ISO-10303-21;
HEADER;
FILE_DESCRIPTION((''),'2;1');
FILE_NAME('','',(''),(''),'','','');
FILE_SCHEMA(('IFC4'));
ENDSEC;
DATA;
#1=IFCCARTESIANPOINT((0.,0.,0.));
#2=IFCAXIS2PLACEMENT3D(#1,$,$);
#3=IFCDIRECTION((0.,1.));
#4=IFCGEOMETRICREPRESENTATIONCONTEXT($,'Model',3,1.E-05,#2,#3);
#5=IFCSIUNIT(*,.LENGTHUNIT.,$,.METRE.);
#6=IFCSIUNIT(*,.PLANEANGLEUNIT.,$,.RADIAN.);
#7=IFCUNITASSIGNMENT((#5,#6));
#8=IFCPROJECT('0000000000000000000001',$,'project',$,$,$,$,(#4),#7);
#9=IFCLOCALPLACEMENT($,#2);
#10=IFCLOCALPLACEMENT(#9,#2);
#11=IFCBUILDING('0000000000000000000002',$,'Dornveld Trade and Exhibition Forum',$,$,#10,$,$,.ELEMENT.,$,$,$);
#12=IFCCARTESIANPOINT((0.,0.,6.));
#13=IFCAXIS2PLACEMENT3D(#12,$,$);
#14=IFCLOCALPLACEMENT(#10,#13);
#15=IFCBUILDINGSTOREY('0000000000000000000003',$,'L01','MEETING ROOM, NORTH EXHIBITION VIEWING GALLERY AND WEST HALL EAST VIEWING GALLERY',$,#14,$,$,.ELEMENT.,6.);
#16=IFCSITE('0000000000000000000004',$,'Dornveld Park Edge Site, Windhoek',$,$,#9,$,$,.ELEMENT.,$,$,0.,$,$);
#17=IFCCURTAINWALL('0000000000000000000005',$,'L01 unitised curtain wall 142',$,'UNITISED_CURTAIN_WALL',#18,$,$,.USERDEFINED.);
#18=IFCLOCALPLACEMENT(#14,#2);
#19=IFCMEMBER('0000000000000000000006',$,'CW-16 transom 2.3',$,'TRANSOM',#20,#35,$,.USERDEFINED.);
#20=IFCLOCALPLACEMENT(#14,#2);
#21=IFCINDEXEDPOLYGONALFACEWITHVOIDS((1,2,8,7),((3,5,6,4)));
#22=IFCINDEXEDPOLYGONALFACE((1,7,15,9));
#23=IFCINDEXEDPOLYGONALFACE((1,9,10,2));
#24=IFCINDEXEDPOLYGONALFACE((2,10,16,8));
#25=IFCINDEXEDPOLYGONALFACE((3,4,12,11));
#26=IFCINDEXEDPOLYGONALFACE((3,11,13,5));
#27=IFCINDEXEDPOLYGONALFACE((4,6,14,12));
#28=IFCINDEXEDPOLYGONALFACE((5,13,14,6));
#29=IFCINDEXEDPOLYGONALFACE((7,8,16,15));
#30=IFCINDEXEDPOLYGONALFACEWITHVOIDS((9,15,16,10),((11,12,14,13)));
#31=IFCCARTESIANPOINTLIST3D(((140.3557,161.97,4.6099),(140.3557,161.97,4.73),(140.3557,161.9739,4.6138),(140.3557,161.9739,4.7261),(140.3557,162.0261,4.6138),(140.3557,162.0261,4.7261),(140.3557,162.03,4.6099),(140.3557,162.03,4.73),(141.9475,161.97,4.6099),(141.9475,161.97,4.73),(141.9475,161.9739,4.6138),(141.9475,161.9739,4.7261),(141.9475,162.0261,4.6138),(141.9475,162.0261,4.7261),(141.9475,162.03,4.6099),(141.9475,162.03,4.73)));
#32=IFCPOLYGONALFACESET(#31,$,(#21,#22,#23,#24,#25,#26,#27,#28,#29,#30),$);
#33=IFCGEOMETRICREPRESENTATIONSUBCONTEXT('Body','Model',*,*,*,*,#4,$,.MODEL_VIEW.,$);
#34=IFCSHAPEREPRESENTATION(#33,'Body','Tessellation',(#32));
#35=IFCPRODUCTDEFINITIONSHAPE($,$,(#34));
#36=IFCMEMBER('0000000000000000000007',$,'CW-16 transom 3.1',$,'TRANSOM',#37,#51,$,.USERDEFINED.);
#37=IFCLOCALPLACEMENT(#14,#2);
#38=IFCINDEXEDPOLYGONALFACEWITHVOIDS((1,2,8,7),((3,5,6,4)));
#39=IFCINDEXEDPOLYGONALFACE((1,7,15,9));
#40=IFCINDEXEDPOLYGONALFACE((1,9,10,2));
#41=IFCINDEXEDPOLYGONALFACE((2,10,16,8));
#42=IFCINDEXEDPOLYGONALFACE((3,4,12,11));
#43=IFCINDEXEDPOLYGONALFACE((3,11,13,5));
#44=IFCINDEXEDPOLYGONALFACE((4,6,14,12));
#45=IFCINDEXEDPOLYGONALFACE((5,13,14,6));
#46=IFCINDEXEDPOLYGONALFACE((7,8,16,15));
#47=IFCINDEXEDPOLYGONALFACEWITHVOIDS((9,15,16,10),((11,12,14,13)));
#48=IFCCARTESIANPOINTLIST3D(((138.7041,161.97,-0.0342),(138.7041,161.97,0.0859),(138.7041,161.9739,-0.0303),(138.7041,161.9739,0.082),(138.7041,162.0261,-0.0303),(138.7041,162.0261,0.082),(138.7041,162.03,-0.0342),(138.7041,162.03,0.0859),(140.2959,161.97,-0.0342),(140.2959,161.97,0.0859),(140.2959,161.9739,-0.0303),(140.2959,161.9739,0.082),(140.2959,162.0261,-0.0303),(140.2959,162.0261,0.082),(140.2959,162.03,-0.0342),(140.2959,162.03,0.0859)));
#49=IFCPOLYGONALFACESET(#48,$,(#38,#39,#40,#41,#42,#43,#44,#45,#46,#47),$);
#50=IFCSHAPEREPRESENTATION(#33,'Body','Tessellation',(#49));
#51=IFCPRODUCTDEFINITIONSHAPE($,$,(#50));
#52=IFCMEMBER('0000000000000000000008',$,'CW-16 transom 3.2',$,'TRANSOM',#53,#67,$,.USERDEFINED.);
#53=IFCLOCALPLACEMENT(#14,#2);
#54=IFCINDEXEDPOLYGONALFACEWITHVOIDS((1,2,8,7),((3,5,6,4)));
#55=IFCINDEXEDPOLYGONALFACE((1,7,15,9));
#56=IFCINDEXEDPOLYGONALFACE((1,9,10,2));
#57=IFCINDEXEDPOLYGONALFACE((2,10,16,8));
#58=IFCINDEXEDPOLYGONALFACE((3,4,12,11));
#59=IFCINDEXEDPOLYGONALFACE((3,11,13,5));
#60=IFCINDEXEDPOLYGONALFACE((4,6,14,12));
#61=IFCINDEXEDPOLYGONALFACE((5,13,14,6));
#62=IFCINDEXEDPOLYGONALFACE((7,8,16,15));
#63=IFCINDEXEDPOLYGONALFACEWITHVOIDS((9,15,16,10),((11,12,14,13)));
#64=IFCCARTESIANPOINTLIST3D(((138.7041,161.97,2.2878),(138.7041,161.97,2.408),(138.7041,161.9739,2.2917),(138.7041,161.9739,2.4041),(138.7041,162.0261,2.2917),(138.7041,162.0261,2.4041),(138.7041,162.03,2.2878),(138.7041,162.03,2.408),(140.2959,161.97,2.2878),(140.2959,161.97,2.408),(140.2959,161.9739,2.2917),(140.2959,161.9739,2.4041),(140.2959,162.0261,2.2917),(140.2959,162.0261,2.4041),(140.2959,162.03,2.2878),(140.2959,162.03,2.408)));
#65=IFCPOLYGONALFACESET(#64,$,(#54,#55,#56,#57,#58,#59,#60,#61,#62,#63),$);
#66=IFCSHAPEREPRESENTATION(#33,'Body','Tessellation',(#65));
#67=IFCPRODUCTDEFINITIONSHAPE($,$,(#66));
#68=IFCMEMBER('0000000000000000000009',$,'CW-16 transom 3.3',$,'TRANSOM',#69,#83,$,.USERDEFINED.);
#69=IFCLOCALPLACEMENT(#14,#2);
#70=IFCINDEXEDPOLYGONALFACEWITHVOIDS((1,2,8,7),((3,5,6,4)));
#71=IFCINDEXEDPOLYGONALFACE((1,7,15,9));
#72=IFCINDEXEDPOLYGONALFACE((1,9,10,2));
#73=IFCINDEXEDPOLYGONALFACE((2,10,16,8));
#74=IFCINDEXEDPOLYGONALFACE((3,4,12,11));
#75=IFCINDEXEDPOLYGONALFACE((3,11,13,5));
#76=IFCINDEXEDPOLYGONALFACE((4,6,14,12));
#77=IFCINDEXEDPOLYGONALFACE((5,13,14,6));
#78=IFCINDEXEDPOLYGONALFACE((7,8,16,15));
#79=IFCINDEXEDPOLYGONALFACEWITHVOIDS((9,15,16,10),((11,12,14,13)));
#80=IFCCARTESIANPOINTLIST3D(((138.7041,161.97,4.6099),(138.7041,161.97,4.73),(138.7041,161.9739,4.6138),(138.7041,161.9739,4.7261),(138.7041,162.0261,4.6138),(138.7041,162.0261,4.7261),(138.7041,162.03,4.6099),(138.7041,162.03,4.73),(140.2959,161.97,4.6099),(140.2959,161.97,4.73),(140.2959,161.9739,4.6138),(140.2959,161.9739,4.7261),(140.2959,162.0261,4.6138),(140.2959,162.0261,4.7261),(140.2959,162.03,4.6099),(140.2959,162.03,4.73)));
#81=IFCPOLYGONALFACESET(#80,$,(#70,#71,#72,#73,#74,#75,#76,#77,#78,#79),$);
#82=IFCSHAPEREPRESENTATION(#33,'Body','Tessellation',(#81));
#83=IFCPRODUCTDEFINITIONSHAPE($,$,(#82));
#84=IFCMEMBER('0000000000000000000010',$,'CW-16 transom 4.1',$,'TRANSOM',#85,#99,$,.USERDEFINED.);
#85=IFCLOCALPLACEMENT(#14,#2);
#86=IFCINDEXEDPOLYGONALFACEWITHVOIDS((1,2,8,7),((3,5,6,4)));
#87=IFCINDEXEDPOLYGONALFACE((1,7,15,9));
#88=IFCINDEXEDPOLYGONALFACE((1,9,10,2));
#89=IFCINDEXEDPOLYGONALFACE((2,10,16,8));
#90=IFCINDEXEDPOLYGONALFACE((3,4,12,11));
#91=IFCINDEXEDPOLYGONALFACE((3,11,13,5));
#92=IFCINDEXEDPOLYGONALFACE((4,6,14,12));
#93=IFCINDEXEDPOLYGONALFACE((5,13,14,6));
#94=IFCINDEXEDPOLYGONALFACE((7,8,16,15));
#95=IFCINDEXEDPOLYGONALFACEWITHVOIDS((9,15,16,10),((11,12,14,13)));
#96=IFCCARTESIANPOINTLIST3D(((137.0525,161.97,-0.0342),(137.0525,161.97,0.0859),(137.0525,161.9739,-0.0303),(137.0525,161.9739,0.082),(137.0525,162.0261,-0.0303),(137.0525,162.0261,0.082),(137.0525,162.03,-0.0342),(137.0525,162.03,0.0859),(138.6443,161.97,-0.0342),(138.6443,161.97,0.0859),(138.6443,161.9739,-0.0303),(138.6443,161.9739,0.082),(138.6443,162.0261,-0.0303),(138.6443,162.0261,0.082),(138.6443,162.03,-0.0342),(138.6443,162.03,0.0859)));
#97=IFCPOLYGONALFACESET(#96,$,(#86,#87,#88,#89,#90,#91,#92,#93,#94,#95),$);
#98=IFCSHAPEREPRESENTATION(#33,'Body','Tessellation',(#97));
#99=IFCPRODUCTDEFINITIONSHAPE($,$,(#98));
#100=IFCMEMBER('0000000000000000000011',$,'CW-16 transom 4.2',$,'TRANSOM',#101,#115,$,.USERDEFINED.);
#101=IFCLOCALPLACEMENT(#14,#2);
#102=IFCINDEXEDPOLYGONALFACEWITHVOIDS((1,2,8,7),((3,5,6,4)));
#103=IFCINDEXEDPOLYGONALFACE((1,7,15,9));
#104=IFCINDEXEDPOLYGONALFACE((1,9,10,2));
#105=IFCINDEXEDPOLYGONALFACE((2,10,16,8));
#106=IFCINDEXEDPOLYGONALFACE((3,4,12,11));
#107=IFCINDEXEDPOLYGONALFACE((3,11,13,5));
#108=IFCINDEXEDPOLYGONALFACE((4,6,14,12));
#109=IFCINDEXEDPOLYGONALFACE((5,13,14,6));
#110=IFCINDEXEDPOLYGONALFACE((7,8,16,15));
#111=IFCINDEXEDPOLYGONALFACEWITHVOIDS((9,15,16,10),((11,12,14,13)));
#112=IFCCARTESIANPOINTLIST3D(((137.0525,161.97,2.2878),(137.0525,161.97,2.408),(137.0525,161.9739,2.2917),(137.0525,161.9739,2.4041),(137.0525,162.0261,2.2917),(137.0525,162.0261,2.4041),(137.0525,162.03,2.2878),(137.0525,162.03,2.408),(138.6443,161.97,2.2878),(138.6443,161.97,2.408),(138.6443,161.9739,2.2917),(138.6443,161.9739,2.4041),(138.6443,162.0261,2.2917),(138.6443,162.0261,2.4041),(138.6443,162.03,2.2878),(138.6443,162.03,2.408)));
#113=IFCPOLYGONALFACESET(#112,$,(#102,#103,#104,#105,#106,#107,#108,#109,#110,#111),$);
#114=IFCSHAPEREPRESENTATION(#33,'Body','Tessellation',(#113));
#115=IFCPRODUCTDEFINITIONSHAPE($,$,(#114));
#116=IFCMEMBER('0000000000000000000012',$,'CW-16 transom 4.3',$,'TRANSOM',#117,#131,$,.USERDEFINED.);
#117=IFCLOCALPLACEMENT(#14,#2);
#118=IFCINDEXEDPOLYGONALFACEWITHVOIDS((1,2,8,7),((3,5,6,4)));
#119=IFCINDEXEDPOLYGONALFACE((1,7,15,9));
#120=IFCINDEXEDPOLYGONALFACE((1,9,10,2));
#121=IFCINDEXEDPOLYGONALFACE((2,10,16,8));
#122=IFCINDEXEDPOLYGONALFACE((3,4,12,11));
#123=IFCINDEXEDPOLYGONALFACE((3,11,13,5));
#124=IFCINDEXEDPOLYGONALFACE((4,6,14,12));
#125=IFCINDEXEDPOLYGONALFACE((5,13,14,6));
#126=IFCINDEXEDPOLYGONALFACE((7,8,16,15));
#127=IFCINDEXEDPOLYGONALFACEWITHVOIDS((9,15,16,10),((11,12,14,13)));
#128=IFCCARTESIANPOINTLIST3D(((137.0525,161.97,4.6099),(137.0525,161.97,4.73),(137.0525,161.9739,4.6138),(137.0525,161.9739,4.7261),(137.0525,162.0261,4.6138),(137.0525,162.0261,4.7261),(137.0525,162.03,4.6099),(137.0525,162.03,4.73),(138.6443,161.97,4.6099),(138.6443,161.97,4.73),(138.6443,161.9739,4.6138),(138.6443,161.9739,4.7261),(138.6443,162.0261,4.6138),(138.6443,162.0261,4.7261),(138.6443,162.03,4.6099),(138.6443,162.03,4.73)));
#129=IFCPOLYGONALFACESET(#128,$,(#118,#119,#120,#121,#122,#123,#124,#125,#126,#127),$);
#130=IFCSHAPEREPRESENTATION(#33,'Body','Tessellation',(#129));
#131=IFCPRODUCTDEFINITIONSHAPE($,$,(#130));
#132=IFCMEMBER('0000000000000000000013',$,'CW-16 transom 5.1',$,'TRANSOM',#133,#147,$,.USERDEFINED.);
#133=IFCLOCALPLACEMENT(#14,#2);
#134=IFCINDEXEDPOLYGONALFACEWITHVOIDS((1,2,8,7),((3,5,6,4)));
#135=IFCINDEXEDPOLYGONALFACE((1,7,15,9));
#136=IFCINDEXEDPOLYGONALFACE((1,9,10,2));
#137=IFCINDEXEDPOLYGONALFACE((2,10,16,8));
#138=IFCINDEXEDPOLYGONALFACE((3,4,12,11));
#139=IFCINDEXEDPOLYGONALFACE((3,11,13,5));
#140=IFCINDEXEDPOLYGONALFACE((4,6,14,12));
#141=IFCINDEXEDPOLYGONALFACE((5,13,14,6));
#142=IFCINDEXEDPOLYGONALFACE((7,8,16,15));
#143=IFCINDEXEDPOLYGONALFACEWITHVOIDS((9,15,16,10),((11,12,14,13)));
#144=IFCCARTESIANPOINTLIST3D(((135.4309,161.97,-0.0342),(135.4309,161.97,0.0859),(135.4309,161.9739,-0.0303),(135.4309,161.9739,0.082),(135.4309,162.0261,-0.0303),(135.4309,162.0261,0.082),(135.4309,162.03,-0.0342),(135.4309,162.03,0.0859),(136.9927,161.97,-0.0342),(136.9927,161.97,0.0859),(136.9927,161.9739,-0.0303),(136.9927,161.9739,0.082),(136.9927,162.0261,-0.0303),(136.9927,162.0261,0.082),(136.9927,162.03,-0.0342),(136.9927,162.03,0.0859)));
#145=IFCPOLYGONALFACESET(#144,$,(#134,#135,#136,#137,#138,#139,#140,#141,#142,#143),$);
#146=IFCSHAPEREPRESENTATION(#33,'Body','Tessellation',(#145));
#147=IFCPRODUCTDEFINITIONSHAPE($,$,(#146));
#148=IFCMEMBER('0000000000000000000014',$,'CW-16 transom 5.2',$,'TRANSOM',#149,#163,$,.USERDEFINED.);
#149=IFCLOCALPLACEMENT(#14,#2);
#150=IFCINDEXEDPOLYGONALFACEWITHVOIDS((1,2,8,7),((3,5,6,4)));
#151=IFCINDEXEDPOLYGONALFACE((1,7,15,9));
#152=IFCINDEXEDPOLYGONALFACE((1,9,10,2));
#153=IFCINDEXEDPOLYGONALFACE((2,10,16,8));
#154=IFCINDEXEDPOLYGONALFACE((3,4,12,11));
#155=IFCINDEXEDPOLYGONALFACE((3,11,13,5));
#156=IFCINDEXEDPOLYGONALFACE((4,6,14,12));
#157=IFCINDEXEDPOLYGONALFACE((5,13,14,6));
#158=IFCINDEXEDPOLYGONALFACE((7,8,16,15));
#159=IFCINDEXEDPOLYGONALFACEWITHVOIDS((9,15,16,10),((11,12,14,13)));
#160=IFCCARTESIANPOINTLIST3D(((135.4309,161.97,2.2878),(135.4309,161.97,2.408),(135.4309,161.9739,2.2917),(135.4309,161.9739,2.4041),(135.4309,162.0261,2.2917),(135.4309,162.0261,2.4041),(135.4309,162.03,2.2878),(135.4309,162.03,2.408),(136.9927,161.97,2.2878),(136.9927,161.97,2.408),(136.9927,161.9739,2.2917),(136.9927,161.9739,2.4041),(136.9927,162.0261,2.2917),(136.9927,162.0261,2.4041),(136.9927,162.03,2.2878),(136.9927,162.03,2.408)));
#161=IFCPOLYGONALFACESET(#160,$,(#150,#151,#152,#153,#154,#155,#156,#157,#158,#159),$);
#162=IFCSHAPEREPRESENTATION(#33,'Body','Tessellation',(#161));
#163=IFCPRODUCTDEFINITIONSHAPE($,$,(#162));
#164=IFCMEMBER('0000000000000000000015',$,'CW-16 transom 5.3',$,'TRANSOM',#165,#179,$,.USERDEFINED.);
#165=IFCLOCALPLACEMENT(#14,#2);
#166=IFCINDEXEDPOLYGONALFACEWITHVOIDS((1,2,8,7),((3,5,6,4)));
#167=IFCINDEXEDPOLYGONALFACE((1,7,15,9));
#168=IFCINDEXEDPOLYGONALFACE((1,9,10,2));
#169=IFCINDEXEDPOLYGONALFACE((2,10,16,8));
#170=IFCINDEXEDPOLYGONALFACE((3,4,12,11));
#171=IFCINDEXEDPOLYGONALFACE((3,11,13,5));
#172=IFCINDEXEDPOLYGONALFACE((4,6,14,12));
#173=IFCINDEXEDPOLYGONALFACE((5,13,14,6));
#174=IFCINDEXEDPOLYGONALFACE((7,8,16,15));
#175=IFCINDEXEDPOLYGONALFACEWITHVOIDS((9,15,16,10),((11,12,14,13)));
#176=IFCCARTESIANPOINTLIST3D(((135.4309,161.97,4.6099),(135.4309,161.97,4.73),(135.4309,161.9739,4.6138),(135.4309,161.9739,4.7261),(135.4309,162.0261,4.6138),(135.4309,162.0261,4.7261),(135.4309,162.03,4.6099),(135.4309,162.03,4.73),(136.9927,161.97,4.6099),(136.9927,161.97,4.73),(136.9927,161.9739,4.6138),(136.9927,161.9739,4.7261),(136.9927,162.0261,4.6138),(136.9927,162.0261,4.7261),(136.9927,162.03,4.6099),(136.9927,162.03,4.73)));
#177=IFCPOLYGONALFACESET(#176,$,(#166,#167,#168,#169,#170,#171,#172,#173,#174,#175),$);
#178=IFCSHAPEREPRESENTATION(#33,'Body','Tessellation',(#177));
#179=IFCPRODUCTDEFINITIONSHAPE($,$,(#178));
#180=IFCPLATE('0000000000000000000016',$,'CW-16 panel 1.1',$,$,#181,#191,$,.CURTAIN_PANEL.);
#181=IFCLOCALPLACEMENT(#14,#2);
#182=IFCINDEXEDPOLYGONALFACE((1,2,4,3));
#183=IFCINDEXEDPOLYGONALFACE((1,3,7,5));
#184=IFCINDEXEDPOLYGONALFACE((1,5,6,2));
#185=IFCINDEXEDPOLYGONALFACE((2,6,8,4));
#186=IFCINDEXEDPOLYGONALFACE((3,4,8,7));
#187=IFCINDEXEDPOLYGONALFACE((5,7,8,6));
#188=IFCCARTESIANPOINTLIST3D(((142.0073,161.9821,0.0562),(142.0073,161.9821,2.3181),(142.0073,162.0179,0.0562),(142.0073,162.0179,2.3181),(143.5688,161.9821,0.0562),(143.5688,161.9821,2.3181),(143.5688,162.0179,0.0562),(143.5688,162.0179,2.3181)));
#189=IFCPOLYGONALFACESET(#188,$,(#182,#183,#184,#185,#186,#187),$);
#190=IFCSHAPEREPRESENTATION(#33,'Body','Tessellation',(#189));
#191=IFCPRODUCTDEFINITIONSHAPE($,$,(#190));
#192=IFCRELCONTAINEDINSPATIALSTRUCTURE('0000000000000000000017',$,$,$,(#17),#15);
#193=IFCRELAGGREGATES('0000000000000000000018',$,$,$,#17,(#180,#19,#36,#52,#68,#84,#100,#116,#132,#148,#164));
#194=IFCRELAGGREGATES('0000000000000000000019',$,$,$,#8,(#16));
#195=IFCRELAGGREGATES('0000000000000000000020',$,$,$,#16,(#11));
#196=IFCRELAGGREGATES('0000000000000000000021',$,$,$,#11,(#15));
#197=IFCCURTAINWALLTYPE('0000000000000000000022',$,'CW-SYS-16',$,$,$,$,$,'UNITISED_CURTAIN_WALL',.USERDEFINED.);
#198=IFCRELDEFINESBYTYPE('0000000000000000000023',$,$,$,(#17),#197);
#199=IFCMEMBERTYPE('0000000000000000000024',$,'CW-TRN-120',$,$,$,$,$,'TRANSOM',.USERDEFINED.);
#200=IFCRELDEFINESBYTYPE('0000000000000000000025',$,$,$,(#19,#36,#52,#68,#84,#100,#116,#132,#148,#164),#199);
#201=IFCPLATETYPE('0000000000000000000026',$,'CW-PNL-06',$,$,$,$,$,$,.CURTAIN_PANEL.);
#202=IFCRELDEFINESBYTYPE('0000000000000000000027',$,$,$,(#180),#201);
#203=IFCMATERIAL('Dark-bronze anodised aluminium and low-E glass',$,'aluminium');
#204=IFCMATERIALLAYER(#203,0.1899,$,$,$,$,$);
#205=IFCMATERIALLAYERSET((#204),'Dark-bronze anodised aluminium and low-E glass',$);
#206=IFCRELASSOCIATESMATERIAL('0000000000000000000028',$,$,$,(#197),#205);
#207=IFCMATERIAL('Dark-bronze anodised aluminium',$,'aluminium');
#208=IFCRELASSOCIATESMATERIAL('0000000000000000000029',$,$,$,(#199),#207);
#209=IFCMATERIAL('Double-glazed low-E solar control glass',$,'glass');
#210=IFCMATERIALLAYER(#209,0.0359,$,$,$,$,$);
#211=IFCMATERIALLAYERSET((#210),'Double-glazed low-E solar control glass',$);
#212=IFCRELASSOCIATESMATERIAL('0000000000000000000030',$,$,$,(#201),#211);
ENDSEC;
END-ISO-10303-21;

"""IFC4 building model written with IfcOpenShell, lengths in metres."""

from ifc_helpers import new_model, si_unit, direction, frame, origin, origin_2d, place, context, subcontext, project, spatial, rectangle, hollow_rectangle, extrude, material, layer, layer_set, material_profile, profile_set, type_object, element, aggregate, save


model = new_model("IFC4")

# Units and contexts
model_context = context("Model", 3, precision=1e-05, world=origin(), true_north=direction((0.0, 1.0)))
body_context = subcontext(model_context, "Body", "Model", "MODEL_VIEW")
ifc_project = project(units=[si_unit("LENGTHUNIT", "METRE"), si_unit("PLANEANGLEUNIT", "RADIAN")], contexts=[model_context])

# Site, building, storey
site_placement = place(None, origin())
site = spatial("IfcSite", under=ifc_project, at=site_placement, Name="Dornveld Park Edge Site, Windhoek", CompositionType="ELEMENT", RefElevation=0.0)
building_placement = place(site_placement, origin())
building = spatial("IfcBuilding", under=site, at=building_placement, Name="Dornveld Trade and Exhibition Forum", CompositionType="ELEMENT")
storey_placement = place(building_placement, frame((0.0, 0.0, 6.0)))
storey = spatial("IfcBuildingStorey", under=building, at=storey_placement, Name="L01", Description="MEETING ROOM, NORTH EXHIBITION VIEWING GALLERY AND WEST HALL EAST VIEWING GALLERY", CompositionType="ELEMENT", Elevation=6.0)

# Curtain wall, members, plate
ifc_material_1 = material(Name="Dark-bronze anodised aluminium and low-E glass", Category="aluminium")
ifc_layer_1 = layer(ifc_material_1, 0.1899)
ifc_layer_set_1 = layer_set([ifc_layer_1], Name="Dark-bronze anodised aluminium and low-E glass")
curtain_wall_type = type_object("IfcCurtainWallType", Name="CW-SYS-16", ElementType="UNITISED_CURTAIN_WALL", PredefinedType="USERDEFINED", material=ifc_layer_set_1)
curtain_wall_placement = place(storey_placement, origin())
curtain_wall = element("IfcCurtainWall", 1, at=curtain_wall_placement, inside=storey, type_object=curtain_wall_type, Name="L01 unitised curtain wall 142", ObjectType="UNITISED_CURTAIN_WALL", PredefinedType="USERDEFINED")
ifc_material_2 = material(Name="Dark-bronze anodised aluminium", Category="aluminium")
ifc_material_profile_1 = material_profile(ifc_material_2, hollow_rectangle(XDim=0.0601, YDim=0.1201, WallThickness=0.0039, at=origin_2d()), Name="RHS 120x60x4")
ifc_profile_set_1 = profile_set([ifc_material_profile_1], Name="Dark-bronze anodised aluminium")
member_type_1 = type_object("IfcMemberType", Name="CW-TRN-120", ElementType="TRANSOM", PredefinedType="USERDEFINED", material=ifc_profile_set_1)
member_1_placement = place(storey_placement, frame((141.9475, 162.0, 4.6699), z_axis=(-1.0, 0.0, 0.0), x_axis=(0.0, -1.0, 0.0)))
member_1 = element("IfcMember", 2, at=member_1_placement, type_object=member_type_1, Name="CW-16 transom 2.3", ObjectType="TRANSOM", PredefinedType="USERDEFINED", context=body_context, shape_type="SweptSolid", body=[
    extrude(hollow_rectangle(XDim=0.0601, YDim=0.1201, WallThickness=0.0039, at=origin_2d()), origin(), (0.0, 0.0, 1.0), 1.5918),
])
member_2_placement = place(storey_placement, frame((140.2959, 162.0, 0.0259), z_axis=(-1.0, 0.0, 0.0), x_axis=(0.0, -1.0, 0.0)))
member_2 = element("IfcMember", 3, at=member_2_placement, type_object=member_type_1, Name="CW-16 transom 3.1", ObjectType="TRANSOM", PredefinedType="USERDEFINED", context=body_context, shape_type="SweptSolid", body=[
    extrude(hollow_rectangle(XDim=0.0601, YDim=0.1201, WallThickness=0.0039, at=origin_2d()), origin(), (0.0, 0.0, 1.0), 1.5918),
])
member_3_placement = place(storey_placement, frame((140.2959, 162.0, 2.3479), z_axis=(-1.0, 0.0, 0.0), x_axis=(0.0, -1.0, 0.0)))
member_3 = element("IfcMember", 4, at=member_3_placement, type_object=member_type_1, Name="CW-16 transom 3.2", ObjectType="TRANSOM", PredefinedType="USERDEFINED", context=body_context, shape_type="SweptSolid", body=[
    extrude(hollow_rectangle(XDim=0.0601, YDim=0.1201, WallThickness=0.0039, at=origin_2d()), origin(), (0.0, 0.0, 1.0), 1.5918),
])
member_4_placement = place(storey_placement, frame((140.2959, 162.0, 4.6699), z_axis=(-1.0, 0.0, 0.0), x_axis=(0.0, -1.0, 0.0)))
member_4 = element("IfcMember", 5, at=member_4_placement, type_object=member_type_1, Name="CW-16 transom 3.3", ObjectType="TRANSOM", PredefinedType="USERDEFINED", context=body_context, shape_type="SweptSolid", body=[
    extrude(hollow_rectangle(XDim=0.0601, YDim=0.1201, WallThickness=0.0039, at=origin_2d()), origin(), (0.0, 0.0, 1.0), 1.5918),
])
member_5_placement = place(storey_placement, frame((138.6443, 162.0, 0.0259), z_axis=(-1.0, 0.0, 0.0), x_axis=(0.0, -1.0, 0.0)))
member_5 = element("IfcMember", 6, at=member_5_placement, type_object=member_type_1, Name="CW-16 transom 4.1", ObjectType="TRANSOM", PredefinedType="USERDEFINED", context=body_context, shape_type="SweptSolid", body=[
    extrude(hollow_rectangle(XDim=0.0601, YDim=0.1201, WallThickness=0.0039, at=origin_2d()), origin(), (0.0, 0.0, 1.0), 1.5918),
])
member_6_placement = place(storey_placement, frame((138.6443, 162.0, 2.3479), z_axis=(-1.0, 0.0, 0.0), x_axis=(0.0, -1.0, 0.0)))
member_6 = element("IfcMember", 7, at=member_6_placement, type_object=member_type_1, Name="CW-16 transom 4.2", ObjectType="TRANSOM", PredefinedType="USERDEFINED", context=body_context, shape_type="SweptSolid", body=[
    extrude(hollow_rectangle(XDim=0.0601, YDim=0.1201, WallThickness=0.0039, at=origin_2d()), origin(), (0.0, 0.0, 1.0), 1.5918),
])
member_7_placement = place(storey_placement, frame((138.6443, 162.0, 4.6699), z_axis=(-1.0, 0.0, 0.0), x_axis=(0.0, -1.0, 0.0)))
member_7 = element("IfcMember", 8, at=member_7_placement, type_object=member_type_1, Name="CW-16 transom 4.3", ObjectType="TRANSOM", PredefinedType="USERDEFINED", context=body_context, shape_type="SweptSolid", body=[
    extrude(hollow_rectangle(XDim=0.0601, YDim=0.1201, WallThickness=0.0039, at=origin_2d()), origin(), (0.0, 0.0, 1.0), 1.5918),
])
member_8_placement = place(storey_placement, frame((136.9927, 162.0, 0.0259), z_axis=(-1.0, 0.0, 0.0), x_axis=(0.0, -1.0, 0.0)))
member_8 = element("IfcMember", 9, at=member_8_placement, type_object=member_type_1, Name="CW-16 transom 5.1", ObjectType="TRANSOM", PredefinedType="USERDEFINED", context=body_context, shape_type="SweptSolid", body=[
    extrude(hollow_rectangle(XDim=0.0601, YDim=0.1201, WallThickness=0.0039, at=origin_2d()), origin(), (0.0, 0.0, 1.0), 1.5618),
])
member_9_placement = place(storey_placement, frame((136.9927, 162.0, 2.3479), z_axis=(-1.0, 0.0, 0.0), x_axis=(0.0, -1.0, 0.0)))
member_9 = element("IfcMember", 10, at=member_9_placement, type_object=member_type_1, Name="CW-16 transom 5.2", ObjectType="TRANSOM", PredefinedType="USERDEFINED", context=body_context, shape_type="SweptSolid", body=[
    extrude(hollow_rectangle(XDim=0.0601, YDim=0.1201, WallThickness=0.0039, at=origin_2d()), origin(), (0.0, 0.0, 1.0), 1.5618),
])
member_10_placement = place(storey_placement, frame((136.9927, 162.0, 4.6699), z_axis=(-1.0, 0.0, 0.0), x_axis=(0.0, -1.0, 0.0)))
member_10 = element("IfcMember", 11, at=member_10_placement, type_object=member_type_1, Name="CW-16 transom 5.3", ObjectType="TRANSOM", PredefinedType="USERDEFINED", context=body_context, shape_type="SweptSolid", body=[
    extrude(hollow_rectangle(XDim=0.0601, YDim=0.1201, WallThickness=0.0039, at=origin_2d()), origin(), (0.0, 0.0, 1.0), 1.5618),
])
ifc_material_3 = material(Name="Double-glazed low-E solar control glass", Category="glass")
ifc_layer_2 = layer(ifc_material_3, 0.0359)
ifc_layer_set_2 = layer_set([ifc_layer_2], Name="Double-glazed low-E solar control glass")
plate_type = type_object("IfcPlateType", Name="CW-PNL-06", PredefinedType="CURTAIN_PANEL", material=ifc_layer_set_2)
plate_1_placement = place(storey_placement, frame((142.7881, 162.0, 0.0562), z_axis=(0.0, 0.0, 1.0), x_axis=(-1.0, 0.0, 0.0)))
plate_1 = element("IfcPlate", 12, at=plate_1_placement, type_object=plate_type, Name="CW-16 panel 1.1", PredefinedType="CURTAIN_PANEL", context=body_context, shape_type="SweptSolid", body=[
    extrude(rectangle(XDim=1.5615, YDim=0.0359, at=origin_2d()), origin(), (0.0, 0.0, 1.0), 2.262),
])
aggregate(curtain_wall, [plate_1, member_1, member_2, member_3, member_4, member_5, member_6, member_7, member_8, member_9, member_10])

save(model, "model.ifc")
